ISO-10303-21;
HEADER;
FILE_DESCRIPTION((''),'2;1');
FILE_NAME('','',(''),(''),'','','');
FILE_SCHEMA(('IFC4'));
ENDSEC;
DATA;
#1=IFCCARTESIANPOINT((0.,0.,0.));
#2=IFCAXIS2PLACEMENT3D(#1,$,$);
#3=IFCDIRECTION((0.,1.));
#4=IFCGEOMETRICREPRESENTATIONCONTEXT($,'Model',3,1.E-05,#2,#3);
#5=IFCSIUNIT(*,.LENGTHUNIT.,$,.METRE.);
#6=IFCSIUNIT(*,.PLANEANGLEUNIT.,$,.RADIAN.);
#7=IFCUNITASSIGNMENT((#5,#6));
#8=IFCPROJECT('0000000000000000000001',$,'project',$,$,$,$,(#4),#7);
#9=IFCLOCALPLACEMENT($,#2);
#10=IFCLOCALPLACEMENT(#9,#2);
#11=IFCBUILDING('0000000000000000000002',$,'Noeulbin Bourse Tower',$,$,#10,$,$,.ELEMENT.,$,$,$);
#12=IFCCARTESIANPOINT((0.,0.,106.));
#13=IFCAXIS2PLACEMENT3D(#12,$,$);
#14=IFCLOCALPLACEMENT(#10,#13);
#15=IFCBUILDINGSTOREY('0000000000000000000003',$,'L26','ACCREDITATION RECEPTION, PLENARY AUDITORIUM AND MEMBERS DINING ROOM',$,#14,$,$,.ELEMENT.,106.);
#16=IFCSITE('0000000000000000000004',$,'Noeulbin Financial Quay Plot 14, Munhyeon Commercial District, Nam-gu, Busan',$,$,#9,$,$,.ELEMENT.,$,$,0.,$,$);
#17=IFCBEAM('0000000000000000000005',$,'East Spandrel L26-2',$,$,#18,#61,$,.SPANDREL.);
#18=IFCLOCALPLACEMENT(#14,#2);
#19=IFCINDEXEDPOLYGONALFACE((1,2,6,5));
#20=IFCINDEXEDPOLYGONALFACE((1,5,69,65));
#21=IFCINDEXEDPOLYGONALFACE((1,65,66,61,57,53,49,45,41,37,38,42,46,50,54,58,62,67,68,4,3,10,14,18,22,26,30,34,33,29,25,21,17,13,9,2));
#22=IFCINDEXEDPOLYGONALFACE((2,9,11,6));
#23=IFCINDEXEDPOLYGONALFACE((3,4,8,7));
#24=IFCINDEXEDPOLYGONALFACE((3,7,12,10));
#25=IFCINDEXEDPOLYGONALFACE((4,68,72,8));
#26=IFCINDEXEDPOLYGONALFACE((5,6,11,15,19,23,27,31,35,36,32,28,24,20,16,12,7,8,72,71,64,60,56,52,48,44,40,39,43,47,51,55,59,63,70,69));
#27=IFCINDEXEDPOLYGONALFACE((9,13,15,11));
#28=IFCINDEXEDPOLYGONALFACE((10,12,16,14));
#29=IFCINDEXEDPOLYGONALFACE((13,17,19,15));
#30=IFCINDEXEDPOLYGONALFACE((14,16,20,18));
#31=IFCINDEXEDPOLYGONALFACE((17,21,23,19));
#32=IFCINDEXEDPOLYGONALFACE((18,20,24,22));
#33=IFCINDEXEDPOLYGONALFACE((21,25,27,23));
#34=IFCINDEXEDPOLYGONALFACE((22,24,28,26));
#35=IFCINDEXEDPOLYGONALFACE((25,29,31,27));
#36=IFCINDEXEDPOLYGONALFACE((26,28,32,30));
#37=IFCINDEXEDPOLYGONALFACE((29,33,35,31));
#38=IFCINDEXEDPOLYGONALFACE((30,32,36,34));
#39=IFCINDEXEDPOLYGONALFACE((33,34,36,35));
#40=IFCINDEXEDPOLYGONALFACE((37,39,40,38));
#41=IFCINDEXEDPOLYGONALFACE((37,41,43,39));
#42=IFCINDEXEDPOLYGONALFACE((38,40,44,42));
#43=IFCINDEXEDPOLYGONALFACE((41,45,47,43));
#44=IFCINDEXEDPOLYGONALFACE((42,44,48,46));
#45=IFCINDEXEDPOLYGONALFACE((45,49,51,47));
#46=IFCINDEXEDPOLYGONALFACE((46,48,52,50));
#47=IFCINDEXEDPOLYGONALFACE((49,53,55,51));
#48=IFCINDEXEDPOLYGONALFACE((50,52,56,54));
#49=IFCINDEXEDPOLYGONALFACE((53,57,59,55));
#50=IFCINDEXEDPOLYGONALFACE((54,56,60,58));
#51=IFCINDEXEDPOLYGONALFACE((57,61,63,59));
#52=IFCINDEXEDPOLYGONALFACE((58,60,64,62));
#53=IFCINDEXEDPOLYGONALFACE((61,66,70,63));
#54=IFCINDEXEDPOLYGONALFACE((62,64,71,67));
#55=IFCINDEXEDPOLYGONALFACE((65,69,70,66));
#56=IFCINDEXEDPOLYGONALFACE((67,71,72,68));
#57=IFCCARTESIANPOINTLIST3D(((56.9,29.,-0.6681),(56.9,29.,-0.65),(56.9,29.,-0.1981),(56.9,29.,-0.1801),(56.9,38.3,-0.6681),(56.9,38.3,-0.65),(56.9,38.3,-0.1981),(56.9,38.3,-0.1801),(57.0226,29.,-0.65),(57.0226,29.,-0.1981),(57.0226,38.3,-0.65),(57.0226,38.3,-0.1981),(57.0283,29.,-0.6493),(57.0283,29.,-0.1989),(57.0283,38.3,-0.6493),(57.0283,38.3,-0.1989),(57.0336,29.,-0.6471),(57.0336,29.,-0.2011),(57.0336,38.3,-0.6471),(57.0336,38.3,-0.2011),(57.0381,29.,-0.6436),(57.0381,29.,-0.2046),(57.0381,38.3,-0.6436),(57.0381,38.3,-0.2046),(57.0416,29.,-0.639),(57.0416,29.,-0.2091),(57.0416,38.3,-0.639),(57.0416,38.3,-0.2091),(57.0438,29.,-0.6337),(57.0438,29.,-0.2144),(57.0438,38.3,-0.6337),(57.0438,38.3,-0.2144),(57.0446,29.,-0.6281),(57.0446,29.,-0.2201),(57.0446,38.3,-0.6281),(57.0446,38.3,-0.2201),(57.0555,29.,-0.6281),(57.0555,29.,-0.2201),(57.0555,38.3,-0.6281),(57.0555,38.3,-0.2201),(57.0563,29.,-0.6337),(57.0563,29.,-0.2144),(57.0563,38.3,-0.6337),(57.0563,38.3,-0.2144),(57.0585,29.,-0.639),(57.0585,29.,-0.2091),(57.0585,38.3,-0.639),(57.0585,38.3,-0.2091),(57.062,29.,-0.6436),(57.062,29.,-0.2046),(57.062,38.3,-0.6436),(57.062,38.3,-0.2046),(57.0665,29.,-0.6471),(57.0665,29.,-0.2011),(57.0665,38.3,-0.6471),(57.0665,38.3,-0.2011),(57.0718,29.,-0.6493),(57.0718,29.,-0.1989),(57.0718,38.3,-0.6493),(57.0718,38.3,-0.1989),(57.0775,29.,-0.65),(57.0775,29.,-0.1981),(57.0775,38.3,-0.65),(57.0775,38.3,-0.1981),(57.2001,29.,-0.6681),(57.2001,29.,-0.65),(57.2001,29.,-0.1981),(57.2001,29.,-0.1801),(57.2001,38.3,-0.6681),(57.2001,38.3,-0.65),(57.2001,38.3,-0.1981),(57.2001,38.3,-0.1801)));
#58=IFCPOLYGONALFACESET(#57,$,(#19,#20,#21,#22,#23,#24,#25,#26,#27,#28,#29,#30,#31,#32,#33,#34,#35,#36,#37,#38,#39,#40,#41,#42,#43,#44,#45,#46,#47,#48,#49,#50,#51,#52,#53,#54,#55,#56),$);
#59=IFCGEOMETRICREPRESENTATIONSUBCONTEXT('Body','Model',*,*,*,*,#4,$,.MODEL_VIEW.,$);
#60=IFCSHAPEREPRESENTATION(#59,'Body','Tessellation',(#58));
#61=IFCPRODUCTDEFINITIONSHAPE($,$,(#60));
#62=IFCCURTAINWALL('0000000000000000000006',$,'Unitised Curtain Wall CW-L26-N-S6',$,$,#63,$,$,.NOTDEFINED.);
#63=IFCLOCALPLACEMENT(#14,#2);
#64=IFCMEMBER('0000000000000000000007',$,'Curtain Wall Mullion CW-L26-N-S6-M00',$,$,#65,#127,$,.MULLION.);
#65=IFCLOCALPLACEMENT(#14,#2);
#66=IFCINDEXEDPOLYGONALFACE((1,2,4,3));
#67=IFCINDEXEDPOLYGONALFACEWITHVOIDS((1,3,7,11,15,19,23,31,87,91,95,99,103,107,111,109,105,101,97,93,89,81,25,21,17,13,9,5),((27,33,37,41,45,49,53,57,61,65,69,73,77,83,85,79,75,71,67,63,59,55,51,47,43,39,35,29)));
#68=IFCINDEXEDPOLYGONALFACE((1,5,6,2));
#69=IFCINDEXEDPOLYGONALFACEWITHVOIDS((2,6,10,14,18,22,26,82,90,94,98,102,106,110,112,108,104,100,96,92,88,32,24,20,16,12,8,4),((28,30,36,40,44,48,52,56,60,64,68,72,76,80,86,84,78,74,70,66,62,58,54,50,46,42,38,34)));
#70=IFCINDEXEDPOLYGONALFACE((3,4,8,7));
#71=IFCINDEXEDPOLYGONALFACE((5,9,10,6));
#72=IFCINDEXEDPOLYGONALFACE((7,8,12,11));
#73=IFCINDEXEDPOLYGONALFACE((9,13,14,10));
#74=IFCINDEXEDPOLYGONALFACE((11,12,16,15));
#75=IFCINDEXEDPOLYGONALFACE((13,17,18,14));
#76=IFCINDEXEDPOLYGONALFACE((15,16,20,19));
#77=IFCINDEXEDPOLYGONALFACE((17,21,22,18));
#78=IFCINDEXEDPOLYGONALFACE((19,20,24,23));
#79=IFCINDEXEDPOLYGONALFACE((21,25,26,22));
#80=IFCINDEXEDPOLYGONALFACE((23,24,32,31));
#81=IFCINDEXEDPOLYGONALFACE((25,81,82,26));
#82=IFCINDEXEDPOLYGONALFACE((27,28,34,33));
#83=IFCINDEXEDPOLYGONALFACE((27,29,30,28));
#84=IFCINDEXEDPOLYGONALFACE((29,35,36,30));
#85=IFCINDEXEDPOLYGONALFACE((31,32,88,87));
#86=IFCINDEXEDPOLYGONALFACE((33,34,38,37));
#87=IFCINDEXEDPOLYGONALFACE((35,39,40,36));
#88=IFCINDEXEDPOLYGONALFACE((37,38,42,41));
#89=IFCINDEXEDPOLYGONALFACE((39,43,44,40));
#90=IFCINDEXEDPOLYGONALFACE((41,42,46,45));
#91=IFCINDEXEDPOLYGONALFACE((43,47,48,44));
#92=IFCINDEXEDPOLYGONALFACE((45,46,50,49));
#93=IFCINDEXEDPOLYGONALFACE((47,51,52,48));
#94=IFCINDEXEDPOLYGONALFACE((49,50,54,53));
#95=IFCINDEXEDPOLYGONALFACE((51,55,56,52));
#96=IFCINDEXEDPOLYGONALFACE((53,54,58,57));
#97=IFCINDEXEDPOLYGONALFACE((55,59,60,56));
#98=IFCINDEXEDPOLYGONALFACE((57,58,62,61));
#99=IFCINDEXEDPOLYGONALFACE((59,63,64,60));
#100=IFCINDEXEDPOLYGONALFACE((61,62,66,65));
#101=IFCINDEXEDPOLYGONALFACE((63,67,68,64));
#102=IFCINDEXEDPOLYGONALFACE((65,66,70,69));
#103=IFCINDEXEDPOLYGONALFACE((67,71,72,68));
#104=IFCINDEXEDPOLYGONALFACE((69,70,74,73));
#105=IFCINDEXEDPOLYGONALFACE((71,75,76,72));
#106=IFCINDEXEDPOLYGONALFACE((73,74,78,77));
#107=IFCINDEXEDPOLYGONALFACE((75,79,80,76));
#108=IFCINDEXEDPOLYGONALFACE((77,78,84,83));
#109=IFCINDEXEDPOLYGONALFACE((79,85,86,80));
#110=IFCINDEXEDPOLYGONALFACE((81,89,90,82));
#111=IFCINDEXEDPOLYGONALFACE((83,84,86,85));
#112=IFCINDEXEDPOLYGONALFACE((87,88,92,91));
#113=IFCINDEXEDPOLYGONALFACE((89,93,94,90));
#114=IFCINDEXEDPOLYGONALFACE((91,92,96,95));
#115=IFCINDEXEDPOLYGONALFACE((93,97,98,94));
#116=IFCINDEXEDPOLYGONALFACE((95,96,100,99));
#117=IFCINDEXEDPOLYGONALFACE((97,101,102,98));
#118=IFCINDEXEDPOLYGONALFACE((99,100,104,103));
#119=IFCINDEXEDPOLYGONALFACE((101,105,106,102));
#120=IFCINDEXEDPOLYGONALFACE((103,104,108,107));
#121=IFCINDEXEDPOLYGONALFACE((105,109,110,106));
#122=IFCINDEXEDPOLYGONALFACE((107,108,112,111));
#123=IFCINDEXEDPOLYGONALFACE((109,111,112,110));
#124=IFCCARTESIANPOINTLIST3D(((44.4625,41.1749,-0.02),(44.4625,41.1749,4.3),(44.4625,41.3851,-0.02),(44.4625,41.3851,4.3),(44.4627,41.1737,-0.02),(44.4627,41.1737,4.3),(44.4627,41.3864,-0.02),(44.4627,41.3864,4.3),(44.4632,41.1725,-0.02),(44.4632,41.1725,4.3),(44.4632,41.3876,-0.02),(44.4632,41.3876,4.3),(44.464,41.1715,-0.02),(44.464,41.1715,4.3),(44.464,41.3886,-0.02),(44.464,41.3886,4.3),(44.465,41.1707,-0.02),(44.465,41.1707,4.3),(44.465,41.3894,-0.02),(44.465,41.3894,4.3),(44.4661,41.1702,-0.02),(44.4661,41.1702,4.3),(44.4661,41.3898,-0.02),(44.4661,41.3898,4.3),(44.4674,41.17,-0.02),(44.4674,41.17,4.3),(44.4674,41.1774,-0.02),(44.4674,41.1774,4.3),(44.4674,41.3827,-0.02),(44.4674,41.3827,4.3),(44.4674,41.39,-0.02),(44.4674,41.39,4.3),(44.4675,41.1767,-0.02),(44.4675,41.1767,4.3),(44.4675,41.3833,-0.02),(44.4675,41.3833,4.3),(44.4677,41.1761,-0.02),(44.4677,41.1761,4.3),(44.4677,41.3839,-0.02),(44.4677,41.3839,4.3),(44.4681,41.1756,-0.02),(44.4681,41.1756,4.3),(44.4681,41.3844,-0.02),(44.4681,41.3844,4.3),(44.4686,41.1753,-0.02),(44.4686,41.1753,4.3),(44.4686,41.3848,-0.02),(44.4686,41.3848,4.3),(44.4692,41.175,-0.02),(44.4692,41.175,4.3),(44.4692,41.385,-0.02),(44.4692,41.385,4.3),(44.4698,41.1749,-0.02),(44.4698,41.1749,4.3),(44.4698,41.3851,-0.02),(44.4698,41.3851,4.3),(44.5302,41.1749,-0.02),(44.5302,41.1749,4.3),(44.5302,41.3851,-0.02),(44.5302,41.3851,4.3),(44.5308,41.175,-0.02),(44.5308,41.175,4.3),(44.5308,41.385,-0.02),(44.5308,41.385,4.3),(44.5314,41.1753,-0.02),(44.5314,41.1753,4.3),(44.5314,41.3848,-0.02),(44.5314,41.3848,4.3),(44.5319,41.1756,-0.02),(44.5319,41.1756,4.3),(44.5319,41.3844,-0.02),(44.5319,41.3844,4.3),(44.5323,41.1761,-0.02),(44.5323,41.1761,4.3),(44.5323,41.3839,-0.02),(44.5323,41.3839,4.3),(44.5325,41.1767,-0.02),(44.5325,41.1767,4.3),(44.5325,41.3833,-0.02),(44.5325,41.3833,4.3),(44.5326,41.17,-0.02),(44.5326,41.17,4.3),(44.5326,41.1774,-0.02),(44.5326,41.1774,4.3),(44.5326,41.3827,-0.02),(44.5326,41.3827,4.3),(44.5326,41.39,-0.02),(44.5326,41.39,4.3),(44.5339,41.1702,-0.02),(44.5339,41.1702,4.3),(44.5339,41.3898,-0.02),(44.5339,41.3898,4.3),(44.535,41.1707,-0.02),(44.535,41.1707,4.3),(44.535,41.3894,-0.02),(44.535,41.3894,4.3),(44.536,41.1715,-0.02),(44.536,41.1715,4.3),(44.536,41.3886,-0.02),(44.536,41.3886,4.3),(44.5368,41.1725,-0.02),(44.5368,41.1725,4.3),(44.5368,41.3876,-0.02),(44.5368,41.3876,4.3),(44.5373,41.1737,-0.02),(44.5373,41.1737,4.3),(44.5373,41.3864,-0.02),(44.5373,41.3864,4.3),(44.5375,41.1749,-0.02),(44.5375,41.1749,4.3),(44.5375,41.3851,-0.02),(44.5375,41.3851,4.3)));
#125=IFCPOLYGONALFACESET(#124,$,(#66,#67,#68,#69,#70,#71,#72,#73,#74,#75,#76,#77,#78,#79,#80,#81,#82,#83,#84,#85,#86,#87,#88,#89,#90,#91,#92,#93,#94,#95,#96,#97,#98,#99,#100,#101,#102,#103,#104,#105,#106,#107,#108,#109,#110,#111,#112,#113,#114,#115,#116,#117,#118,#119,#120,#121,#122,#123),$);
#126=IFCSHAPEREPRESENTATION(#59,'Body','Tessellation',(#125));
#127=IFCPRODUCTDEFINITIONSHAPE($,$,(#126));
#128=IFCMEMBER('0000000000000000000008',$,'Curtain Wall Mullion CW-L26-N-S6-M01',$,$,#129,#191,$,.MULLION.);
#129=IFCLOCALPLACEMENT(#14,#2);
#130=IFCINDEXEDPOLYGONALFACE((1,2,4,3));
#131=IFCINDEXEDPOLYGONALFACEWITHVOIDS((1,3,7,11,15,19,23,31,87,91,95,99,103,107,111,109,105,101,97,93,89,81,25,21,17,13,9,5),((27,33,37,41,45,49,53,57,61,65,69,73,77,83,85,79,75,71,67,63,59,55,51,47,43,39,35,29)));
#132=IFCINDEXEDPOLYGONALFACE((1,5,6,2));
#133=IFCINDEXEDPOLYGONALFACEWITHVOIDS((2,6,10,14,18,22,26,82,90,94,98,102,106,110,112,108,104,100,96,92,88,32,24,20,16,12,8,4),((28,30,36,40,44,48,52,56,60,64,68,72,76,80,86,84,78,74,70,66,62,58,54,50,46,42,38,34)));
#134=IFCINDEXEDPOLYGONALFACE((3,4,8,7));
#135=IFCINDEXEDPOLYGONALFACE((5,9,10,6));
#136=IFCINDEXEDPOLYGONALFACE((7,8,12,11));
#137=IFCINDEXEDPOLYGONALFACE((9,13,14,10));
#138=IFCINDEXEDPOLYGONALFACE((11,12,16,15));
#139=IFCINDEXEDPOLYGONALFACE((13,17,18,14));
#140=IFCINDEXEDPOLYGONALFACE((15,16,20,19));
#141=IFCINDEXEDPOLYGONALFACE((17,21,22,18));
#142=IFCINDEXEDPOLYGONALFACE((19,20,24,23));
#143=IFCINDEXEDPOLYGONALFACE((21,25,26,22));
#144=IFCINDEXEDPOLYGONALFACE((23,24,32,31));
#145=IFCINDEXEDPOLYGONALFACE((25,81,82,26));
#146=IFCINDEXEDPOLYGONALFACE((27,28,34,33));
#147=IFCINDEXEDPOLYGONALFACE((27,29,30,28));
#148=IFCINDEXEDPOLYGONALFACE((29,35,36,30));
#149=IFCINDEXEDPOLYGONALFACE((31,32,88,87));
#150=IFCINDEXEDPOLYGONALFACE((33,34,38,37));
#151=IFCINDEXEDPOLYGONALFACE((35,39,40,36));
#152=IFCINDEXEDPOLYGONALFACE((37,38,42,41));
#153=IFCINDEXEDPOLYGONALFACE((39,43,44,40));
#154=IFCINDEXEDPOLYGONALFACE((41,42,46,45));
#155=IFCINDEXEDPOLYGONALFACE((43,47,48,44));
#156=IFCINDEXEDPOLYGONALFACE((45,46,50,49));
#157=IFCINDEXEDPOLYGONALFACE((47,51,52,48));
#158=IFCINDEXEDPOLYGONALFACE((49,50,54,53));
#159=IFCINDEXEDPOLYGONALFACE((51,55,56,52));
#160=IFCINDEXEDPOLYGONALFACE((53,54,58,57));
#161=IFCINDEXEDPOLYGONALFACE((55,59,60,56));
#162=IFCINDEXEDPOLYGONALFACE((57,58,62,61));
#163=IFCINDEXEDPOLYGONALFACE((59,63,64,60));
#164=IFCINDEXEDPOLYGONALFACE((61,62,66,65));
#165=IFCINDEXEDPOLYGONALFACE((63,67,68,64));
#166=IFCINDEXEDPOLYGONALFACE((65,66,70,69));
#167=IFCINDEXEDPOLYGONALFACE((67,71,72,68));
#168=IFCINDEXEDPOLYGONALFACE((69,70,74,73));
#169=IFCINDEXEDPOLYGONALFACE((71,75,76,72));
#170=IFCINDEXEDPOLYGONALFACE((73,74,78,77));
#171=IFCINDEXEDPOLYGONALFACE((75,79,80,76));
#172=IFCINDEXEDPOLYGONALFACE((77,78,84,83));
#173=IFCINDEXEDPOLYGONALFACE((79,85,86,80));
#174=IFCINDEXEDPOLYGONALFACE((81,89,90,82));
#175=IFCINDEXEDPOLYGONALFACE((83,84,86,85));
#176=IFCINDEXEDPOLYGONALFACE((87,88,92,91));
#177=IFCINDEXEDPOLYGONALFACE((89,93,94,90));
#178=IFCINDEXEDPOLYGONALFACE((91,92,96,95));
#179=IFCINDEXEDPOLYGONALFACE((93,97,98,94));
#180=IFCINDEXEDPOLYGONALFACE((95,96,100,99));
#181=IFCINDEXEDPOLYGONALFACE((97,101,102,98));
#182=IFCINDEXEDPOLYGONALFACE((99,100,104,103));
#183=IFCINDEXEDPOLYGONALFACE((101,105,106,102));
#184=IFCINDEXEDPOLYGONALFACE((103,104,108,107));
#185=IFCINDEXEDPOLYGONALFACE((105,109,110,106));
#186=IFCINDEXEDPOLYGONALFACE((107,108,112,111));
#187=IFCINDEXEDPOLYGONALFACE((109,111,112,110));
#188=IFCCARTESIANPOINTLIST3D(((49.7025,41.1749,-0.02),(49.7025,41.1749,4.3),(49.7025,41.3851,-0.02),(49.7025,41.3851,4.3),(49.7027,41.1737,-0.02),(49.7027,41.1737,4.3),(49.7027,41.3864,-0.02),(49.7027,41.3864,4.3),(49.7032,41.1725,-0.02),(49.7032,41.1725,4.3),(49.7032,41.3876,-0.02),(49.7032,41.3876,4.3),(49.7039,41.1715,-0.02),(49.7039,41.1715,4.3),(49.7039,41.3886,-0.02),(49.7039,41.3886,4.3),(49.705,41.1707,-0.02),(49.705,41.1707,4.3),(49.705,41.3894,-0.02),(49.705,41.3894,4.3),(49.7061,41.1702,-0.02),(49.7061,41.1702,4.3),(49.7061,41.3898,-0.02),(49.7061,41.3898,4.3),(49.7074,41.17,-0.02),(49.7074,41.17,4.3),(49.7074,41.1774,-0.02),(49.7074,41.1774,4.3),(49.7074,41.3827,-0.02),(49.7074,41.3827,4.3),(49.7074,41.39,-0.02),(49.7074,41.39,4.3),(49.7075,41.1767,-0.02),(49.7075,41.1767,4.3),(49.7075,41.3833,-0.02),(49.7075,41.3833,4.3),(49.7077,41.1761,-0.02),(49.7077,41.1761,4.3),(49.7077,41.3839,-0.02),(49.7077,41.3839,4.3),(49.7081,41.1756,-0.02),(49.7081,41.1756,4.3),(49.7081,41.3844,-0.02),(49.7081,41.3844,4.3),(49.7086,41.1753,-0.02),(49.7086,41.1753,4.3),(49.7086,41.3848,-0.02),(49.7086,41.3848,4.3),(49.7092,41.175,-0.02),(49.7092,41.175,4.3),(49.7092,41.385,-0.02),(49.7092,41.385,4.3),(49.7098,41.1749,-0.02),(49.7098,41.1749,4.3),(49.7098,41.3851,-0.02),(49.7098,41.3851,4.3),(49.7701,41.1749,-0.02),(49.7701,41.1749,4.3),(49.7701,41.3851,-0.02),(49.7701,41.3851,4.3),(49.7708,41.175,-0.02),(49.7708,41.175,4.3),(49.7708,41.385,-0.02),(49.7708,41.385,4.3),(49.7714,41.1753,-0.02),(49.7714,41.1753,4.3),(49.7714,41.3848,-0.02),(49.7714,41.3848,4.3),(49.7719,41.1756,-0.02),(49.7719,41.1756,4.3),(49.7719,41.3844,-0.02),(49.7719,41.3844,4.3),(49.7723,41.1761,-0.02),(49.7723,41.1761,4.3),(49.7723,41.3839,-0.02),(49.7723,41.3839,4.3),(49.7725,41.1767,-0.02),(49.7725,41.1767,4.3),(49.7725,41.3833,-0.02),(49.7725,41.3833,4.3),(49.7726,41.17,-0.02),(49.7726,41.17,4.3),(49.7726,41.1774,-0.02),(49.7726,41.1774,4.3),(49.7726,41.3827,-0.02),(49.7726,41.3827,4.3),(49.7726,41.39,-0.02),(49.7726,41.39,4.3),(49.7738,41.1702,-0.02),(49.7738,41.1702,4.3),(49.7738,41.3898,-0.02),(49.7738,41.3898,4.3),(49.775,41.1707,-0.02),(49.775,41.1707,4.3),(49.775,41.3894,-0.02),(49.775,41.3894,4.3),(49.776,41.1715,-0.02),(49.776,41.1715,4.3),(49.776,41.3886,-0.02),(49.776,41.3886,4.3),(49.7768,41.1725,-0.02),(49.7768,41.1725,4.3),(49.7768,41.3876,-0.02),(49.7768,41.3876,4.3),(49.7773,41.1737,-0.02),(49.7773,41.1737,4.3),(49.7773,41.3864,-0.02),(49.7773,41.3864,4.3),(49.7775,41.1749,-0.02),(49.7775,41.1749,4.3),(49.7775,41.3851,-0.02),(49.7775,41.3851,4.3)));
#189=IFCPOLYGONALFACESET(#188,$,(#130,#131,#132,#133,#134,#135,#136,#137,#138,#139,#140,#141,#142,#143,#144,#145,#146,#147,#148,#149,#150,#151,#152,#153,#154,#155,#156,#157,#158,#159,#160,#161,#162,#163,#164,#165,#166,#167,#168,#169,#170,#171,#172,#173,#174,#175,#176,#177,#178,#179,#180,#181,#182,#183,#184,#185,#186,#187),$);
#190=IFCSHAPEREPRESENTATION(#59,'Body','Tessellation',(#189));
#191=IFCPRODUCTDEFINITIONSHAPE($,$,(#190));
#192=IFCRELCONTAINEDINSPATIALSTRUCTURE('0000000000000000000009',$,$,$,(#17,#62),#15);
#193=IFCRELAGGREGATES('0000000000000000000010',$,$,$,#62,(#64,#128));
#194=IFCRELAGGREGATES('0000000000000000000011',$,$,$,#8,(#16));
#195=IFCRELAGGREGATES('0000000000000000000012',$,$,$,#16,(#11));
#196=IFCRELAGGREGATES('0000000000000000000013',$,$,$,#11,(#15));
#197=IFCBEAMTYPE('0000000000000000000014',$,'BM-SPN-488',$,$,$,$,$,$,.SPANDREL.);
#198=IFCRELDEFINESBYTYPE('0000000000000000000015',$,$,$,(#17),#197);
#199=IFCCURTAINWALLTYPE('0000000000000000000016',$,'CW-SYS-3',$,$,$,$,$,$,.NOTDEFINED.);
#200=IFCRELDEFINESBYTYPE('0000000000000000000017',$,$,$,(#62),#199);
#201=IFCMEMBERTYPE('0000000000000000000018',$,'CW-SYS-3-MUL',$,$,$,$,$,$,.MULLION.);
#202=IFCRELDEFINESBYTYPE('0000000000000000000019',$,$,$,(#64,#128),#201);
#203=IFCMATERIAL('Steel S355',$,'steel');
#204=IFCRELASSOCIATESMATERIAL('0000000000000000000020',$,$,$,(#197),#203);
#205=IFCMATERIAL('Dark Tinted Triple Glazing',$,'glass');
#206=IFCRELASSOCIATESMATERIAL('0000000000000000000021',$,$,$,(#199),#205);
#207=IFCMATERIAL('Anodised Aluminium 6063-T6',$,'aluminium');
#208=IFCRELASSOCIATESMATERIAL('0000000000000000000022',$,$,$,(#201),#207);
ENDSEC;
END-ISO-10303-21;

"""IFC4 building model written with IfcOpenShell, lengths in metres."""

from ifc_helpers import new_model, si_unit, direction, frame, origin, origin_2d, place, context, subcontext, project, spatial, hollow_rectangle, i_section, extrude, material, material_profile, profile_set, type_object, element, aggregate, save


model = new_model("IFC4")

# Units and contexts
model_context = context("Model", 3, precision=1e-05, world=origin(), true_north=direction((0.0, 1.0)))
body_context = subcontext(model_context, "Body", "Model", "MODEL_VIEW")
ifc_project = project(units=[si_unit("LENGTHUNIT", "METRE"), si_unit("PLANEANGLEUNIT", "RADIAN")], contexts=[model_context])

# Site, building, storey
site_placement = place(None, origin())
site = spatial("IfcSite", under=ifc_project, at=site_placement, Name="Noeulbin Financial Quay Plot 14, Munhyeon Commercial District, Nam-gu, Busan", CompositionType="ELEMENT", RefElevation=0.0)
building_placement = place(site_placement, origin())
building = spatial("IfcBuilding", under=site, at=building_placement, Name="Noeulbin Bourse Tower", CompositionType="ELEMENT")
storey_placement = place(building_placement, frame((0.0, 0.0, 106.0)))
storey = spatial("IfcBuildingStorey", under=building, at=storey_placement, Name="L26", Description="ACCREDITATION RECEPTION, PLENARY AUDITORIUM AND MEMBERS DINING ROOM", CompositionType="ELEMENT", Elevation=106.0)

# Shared definitions
ifc_material_1 = material(Name="Steel S355", Category="steel")

# Beam
ifc_material_profile_1 = material_profile(ifc_material_1, i_section(OverallWidth=0.3, OverallDepth=0.488, WebThickness=0.011, FlangeThickness=0.0181, FilletRadius=0.022, at=origin_2d()), Name="H-488x300x11x18", Category="LoadBearing")
ifc_profile_set_1 = profile_set([ifc_material_profile_1], Name="Steel S355")
beam_type_1 = type_object("IfcBeamType", Name="BM-SPN-488", PredefinedType="SPANDREL", material=ifc_profile_set_1)
beam_1_placement = place(storey_placement, frame((57.05, 29.0, -0.4241), z_axis=(0.0, 1.0, 0.0), x_axis=(-1.0, 0.0, 0.0)))
element("IfcBeam", 1, at=beam_1_placement, inside=storey, type_object=beam_type_1, Name="East Spandrel L26-2", PredefinedType="SPANDREL", context=body_context, shape_type="SweptSolid", body=[
    extrude(i_section(OverallWidth=0.3, OverallDepth=0.488, WebThickness=0.011, FlangeThickness=0.0181, FilletRadius=0.022, at=origin_2d()), origin(), (0.0, 0.0, 1.0), 9.3),
])

# Curtain wall, members
ifc_material_2 = material(Name="Dark Tinted Triple Glazing", Category="glass")
curtain_wall_type = type_object("IfcCurtainWallType", Name="CW-SYS-3", PredefinedType="NOTDEFINED", material=ifc_material_2)
curtain_wall_1_placement = place(storey_placement, origin())
curtain_wall_1 = element("IfcCurtainWall", 2, at=curtain_wall_1_placement, inside=storey, type_object=curtain_wall_type, Name="Unitised Curtain Wall CW-L26-N-S6", PredefinedType="NOTDEFINED")
ifc_material_3 = material(Name="Anodised Aluminium 6063-T6", Category="aluminium")
ifc_material_profile_2 = material_profile(ifc_material_3, hollow_rectangle(XDim=0.075, YDim=0.22, WallThickness=0.0049, InnerFilletRadius=0.0024, OuterFilletRadius=0.0049, at=origin_2d()), Name="ALU-MULL-75x220x5", Category="LoadBearing")
ifc_profile_set_2 = profile_set([ifc_material_profile_2], Name="Anodised Aluminium 6063-T6")
member_type_1 = type_object("IfcMemberType", Name="CW-SYS-3-MUL", PredefinedType="MULLION", material=ifc_profile_set_2)
member_1_placement = place(storey_placement, frame((44.5, 41.28, -0.02), z_axis=(0.0, 0.0, 1.0), x_axis=(1.0, 0.0, 0.0)))
member_1 = element("IfcMember", 3, at=member_1_placement, type_object=member_type_1, Name="Curtain Wall Mullion CW-L26-N-S6-M00", PredefinedType="MULLION", context=body_context, shape_type="SweptSolid", body=[
    extrude(hollow_rectangle(XDim=0.075, YDim=0.22, WallThickness=0.0049, InnerFilletRadius=0.0024, OuterFilletRadius=0.0049, at=origin_2d()), origin(), (0.0, 0.0, 1.0), 4.3201),
])
member_2_placement = place(storey_placement, frame((49.74, 41.28, -0.02), z_axis=(0.0, 0.0, 1.0), x_axis=(1.0, 0.0, 0.0)))
member_2 = element("IfcMember", 4, at=member_2_placement, type_object=member_type_1, Name="Curtain Wall Mullion CW-L26-N-S6-M01", PredefinedType="MULLION", context=body_context, shape_type="SweptSolid", body=[
    extrude(hollow_rectangle(XDim=0.075, YDim=0.22, WallThickness=0.0049, InnerFilletRadius=0.0024, OuterFilletRadius=0.0049, at=origin_2d()), origin(), (0.0, 0.0, 1.0), 4.3201),
])

aggregate(curtain_wall_1, [member_1, member_2])

save(model, "model.ifc")
